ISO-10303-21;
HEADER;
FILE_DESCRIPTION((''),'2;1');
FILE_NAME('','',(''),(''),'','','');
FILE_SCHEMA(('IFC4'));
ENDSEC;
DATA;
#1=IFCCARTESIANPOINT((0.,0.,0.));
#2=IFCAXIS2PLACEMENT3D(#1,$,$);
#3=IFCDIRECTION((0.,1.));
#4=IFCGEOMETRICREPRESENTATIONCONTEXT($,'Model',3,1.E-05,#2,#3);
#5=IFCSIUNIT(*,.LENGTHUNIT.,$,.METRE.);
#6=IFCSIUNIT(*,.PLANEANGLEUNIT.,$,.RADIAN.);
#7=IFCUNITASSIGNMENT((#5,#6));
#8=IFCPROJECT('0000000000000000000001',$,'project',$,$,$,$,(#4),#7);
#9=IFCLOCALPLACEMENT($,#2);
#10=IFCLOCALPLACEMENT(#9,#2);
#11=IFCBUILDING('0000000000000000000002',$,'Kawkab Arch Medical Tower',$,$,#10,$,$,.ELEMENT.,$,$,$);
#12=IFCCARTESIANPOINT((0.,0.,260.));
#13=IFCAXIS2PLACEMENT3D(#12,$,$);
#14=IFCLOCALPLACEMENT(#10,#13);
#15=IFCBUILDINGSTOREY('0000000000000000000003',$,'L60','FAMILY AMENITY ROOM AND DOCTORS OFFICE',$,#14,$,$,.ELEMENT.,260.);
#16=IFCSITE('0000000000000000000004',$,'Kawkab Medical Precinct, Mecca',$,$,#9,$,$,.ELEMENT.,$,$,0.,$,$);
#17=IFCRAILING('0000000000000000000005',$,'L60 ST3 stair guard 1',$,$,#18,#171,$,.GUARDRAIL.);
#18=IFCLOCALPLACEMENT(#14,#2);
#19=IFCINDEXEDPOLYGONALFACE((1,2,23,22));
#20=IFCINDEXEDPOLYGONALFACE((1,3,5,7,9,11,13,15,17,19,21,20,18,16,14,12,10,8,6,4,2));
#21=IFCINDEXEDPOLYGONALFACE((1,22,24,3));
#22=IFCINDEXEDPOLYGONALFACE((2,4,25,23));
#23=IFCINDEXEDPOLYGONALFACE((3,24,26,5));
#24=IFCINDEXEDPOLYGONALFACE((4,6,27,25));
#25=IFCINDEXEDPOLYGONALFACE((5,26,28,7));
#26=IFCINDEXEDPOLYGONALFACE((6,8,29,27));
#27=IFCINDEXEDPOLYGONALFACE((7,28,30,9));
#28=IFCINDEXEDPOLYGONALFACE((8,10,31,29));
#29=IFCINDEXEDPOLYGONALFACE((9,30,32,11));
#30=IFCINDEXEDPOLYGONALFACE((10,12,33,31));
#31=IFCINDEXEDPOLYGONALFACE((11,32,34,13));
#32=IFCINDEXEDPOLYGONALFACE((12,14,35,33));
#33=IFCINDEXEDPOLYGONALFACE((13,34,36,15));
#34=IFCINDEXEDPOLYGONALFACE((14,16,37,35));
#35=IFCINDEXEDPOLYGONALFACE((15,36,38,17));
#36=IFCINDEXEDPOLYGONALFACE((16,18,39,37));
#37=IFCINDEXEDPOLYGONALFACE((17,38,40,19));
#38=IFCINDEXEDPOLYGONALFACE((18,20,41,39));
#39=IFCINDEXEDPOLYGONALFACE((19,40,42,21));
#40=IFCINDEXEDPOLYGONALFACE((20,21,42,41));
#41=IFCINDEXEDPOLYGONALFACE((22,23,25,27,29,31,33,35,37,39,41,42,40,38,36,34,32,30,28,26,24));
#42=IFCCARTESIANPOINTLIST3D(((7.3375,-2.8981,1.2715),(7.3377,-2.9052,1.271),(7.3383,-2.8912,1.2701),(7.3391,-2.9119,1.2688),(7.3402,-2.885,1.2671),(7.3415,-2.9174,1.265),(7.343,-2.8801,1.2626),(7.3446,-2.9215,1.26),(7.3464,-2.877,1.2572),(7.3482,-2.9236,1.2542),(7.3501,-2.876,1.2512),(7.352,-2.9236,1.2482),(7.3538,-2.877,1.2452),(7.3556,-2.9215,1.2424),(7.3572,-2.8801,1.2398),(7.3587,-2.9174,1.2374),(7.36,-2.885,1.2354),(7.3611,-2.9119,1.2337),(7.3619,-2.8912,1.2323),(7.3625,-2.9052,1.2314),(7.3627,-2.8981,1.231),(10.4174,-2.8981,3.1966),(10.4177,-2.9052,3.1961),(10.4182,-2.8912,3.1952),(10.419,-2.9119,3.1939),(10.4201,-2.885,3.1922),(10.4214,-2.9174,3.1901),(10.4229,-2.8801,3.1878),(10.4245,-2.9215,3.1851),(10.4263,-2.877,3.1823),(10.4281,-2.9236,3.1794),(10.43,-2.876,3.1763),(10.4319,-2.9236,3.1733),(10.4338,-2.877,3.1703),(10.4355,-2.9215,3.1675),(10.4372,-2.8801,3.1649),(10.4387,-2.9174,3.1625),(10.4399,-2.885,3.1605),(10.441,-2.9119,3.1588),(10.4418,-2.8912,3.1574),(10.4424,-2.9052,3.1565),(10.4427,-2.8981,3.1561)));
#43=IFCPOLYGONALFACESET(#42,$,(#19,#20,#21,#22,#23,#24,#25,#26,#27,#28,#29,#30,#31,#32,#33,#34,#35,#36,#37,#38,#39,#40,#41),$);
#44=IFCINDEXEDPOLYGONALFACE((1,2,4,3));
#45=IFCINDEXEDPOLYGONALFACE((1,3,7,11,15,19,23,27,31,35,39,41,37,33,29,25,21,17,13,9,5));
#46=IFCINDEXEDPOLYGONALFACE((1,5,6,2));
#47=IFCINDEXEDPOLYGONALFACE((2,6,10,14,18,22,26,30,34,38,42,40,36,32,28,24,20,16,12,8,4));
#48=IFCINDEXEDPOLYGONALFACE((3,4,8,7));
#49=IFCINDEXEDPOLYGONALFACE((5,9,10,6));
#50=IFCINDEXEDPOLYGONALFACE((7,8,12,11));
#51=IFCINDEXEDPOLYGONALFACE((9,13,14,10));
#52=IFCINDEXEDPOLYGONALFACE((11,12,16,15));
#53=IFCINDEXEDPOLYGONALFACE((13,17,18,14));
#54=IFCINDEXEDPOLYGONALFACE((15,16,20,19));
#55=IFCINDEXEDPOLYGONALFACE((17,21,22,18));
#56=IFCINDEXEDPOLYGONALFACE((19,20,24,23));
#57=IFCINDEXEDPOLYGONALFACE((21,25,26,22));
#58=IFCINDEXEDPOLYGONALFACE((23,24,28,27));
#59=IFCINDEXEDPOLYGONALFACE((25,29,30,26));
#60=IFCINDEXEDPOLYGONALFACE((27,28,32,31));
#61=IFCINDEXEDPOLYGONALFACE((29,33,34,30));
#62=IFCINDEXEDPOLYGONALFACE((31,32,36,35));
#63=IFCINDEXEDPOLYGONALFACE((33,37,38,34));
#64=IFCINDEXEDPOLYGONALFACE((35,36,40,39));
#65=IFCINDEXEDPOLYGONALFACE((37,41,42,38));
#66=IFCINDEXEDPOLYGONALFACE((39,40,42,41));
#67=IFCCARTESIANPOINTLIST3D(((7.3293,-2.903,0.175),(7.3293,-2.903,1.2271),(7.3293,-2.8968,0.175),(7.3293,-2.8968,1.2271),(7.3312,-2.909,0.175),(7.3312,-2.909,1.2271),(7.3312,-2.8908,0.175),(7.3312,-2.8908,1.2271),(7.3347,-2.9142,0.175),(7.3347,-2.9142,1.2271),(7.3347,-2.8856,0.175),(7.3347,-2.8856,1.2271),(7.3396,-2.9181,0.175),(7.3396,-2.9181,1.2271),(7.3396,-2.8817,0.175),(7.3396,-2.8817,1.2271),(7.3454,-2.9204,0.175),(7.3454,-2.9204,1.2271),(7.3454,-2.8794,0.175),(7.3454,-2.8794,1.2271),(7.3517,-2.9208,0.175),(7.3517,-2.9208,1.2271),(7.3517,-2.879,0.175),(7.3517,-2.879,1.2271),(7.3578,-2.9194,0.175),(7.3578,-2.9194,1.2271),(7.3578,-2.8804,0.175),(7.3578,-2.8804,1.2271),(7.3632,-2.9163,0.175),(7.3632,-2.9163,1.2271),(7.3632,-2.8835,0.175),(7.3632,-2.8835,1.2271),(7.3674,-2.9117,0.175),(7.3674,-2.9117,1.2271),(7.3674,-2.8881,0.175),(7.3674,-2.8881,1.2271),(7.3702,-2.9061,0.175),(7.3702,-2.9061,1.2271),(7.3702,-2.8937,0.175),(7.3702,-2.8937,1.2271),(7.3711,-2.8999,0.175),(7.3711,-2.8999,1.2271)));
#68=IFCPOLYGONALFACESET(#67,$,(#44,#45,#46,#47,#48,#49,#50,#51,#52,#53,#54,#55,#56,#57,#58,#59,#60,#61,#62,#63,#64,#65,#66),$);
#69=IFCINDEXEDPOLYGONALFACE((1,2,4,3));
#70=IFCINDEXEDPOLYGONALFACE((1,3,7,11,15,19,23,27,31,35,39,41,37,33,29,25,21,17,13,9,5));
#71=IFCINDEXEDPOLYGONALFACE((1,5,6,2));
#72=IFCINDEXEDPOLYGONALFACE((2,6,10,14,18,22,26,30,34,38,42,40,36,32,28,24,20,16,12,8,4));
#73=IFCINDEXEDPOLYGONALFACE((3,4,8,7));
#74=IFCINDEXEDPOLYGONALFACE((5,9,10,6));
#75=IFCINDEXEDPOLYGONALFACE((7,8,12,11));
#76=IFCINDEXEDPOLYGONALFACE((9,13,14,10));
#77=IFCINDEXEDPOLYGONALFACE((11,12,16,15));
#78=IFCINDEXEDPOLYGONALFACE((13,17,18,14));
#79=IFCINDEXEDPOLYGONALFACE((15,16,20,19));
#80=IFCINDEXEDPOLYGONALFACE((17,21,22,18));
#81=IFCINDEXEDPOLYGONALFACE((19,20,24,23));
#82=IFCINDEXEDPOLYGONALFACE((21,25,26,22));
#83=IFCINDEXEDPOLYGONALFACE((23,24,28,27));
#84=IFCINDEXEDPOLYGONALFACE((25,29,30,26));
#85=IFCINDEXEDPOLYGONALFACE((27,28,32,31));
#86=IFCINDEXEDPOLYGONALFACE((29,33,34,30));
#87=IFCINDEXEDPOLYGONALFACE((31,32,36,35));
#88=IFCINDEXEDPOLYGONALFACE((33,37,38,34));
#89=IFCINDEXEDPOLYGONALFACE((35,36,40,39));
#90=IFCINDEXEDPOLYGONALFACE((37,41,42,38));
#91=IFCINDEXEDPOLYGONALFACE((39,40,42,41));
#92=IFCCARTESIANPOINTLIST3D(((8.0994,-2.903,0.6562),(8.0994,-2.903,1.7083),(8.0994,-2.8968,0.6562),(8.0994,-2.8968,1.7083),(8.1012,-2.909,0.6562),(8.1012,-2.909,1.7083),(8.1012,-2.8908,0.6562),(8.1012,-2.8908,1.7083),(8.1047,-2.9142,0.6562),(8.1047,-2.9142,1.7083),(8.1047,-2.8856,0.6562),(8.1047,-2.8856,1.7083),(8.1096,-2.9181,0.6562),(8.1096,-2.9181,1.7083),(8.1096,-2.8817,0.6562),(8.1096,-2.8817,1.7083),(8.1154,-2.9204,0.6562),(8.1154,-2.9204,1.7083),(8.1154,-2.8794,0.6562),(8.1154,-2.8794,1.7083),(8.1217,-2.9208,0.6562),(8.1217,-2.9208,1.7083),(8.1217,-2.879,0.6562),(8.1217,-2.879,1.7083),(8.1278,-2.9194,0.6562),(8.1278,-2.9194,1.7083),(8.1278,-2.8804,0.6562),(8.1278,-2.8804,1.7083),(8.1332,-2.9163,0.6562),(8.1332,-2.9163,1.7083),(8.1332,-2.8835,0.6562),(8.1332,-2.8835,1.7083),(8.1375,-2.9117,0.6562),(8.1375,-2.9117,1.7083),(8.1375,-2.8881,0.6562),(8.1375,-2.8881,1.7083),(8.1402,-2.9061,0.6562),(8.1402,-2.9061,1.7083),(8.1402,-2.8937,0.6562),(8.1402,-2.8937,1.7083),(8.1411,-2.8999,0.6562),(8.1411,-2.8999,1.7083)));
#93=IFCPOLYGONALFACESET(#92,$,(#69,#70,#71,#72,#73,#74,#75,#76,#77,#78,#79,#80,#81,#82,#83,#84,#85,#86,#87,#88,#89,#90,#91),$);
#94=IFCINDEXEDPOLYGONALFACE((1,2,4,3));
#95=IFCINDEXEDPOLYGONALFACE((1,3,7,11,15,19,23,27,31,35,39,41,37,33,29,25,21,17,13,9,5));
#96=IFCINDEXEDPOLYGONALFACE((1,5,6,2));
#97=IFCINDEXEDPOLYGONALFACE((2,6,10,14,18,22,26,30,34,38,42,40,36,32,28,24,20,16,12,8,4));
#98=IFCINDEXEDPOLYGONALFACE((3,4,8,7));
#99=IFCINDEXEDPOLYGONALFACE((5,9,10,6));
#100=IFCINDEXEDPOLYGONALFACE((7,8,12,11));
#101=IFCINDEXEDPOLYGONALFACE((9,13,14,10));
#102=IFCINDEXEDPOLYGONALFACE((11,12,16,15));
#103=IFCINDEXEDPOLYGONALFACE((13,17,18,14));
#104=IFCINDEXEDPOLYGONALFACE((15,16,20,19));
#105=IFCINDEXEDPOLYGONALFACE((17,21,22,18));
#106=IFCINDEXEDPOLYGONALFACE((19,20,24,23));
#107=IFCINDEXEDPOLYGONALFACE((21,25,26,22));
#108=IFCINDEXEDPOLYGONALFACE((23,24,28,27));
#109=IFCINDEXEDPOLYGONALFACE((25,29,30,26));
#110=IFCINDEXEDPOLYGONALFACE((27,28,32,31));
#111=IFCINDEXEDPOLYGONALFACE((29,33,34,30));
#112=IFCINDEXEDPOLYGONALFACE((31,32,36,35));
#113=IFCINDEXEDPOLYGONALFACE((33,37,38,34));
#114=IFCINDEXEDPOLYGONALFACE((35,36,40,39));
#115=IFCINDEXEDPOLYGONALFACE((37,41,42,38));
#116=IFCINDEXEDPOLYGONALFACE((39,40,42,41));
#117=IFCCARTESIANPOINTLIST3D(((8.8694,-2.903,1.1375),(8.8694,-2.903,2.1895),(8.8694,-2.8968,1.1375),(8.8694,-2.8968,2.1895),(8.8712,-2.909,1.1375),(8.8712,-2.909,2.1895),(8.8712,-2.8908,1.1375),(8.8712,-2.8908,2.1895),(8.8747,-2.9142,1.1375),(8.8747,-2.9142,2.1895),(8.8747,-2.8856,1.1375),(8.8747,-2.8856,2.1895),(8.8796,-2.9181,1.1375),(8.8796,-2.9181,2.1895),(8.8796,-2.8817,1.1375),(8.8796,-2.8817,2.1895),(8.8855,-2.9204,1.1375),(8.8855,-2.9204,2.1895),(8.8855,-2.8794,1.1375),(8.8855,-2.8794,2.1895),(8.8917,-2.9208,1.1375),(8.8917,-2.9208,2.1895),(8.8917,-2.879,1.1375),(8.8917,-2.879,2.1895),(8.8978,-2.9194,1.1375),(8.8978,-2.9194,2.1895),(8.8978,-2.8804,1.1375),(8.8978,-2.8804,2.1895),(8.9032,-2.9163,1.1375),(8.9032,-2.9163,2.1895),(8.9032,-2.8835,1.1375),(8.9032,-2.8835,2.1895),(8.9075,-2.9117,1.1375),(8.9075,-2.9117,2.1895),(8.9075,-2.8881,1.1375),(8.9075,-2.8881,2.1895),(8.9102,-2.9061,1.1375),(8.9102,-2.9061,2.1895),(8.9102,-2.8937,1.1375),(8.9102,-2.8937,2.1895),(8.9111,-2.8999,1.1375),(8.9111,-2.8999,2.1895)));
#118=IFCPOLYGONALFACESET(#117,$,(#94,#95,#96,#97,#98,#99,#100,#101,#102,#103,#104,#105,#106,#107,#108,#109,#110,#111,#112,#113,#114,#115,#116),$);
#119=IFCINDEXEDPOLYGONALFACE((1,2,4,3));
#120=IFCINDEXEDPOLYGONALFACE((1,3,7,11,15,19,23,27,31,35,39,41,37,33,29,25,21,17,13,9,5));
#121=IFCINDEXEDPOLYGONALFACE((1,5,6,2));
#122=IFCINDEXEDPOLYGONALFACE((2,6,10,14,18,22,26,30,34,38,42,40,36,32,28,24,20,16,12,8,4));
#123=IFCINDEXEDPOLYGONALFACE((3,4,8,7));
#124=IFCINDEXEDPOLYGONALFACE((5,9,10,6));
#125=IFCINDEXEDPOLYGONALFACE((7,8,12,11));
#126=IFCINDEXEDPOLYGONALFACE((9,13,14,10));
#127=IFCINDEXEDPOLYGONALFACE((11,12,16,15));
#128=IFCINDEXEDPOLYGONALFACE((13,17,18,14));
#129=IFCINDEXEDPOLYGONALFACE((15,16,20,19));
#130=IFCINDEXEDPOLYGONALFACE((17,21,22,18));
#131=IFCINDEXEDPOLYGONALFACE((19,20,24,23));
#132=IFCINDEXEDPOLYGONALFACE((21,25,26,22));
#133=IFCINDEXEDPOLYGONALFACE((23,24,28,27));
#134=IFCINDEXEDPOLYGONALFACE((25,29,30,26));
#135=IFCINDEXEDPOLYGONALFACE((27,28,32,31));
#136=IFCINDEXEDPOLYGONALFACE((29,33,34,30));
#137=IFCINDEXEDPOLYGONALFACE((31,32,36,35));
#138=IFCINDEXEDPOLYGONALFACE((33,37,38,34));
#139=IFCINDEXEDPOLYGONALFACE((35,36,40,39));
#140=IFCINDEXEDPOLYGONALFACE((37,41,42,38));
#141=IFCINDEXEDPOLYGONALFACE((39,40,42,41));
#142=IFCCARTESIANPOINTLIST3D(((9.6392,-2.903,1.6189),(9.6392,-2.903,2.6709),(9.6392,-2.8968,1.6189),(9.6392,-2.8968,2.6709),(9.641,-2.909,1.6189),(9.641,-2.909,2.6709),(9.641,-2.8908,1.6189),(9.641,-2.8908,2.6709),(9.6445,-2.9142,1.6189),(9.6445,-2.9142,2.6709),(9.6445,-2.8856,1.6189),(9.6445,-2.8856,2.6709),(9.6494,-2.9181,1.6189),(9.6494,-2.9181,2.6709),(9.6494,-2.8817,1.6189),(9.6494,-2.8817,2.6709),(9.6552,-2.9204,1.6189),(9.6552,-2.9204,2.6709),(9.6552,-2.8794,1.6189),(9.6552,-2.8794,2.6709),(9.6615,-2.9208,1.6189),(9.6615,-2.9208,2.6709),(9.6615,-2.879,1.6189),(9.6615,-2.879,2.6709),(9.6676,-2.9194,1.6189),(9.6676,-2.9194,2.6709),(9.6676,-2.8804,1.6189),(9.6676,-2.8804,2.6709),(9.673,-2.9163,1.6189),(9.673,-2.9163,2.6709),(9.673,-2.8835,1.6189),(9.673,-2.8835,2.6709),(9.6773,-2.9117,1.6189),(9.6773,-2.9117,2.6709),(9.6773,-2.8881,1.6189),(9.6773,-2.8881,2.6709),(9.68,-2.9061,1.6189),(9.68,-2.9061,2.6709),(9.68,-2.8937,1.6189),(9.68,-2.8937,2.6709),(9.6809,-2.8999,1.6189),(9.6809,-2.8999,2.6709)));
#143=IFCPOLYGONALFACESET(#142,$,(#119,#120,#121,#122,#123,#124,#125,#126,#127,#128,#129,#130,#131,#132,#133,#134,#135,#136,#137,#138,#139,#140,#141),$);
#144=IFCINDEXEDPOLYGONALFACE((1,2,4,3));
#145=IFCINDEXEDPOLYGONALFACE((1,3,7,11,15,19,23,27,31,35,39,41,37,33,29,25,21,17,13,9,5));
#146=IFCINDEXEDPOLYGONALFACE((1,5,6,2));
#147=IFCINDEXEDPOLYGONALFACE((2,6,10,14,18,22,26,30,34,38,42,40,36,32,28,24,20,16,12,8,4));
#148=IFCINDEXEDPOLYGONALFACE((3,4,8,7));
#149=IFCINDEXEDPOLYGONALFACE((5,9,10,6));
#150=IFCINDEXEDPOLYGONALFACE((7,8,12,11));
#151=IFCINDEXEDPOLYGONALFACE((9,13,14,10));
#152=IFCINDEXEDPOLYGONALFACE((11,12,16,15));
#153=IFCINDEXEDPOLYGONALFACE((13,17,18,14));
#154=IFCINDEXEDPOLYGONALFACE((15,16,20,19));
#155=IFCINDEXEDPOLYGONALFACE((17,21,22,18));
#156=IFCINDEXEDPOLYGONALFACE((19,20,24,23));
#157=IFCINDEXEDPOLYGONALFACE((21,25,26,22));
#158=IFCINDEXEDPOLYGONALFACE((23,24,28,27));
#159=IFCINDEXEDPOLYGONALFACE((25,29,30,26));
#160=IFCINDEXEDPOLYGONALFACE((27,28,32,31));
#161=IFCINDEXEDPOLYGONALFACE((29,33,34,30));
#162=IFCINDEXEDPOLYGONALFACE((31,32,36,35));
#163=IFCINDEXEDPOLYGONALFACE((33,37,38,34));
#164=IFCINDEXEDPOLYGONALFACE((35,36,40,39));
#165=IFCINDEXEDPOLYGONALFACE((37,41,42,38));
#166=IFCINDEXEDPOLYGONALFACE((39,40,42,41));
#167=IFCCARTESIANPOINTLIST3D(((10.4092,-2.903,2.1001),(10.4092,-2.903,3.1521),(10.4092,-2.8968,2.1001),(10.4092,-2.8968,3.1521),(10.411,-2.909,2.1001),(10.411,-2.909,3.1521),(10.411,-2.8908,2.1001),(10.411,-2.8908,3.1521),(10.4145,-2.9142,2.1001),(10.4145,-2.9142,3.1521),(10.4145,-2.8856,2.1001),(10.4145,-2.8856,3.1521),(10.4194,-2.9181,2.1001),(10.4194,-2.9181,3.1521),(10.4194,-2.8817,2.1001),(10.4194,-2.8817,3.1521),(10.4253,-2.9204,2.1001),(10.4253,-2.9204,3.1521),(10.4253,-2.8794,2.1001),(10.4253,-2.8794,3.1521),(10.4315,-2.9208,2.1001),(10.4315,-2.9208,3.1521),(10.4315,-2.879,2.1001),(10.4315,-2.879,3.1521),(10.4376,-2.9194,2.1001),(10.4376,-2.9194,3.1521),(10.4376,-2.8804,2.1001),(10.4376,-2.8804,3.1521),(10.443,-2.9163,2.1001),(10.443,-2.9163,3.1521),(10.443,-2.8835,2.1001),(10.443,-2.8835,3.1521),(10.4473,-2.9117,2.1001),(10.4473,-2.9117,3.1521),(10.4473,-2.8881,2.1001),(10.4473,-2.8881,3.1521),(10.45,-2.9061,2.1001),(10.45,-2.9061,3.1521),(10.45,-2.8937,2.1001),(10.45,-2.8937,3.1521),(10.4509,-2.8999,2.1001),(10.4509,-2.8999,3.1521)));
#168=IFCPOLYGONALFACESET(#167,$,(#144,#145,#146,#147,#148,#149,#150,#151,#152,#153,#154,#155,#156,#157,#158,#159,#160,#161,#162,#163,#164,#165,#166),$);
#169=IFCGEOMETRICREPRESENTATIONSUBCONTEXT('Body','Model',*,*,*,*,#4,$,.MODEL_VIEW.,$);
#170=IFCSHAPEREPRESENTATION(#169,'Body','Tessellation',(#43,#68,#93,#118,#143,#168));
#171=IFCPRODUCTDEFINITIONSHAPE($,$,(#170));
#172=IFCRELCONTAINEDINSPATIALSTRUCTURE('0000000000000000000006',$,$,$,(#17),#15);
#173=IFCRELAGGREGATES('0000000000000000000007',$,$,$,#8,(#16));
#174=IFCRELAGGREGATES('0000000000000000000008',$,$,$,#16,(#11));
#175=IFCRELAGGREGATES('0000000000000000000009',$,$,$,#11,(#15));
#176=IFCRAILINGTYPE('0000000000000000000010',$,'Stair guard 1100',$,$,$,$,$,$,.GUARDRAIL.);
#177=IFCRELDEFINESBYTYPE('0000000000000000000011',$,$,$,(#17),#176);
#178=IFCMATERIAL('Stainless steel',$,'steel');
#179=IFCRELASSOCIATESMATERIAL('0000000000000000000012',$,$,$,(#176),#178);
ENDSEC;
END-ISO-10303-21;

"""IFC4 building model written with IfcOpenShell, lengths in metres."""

from ifc_helpers import new_model, si_unit, direction, frame, origin, origin_2d, place, context, subcontext, project, spatial, circle, extrude, material, type_object, element, save


model = new_model("IFC4")

# Units and contexts
model_context = context("Model", 3, precision=1e-05, world=origin(), true_north=direction((0.0, 1.0)))
body_context = subcontext(model_context, "Body", "Model", "MODEL_VIEW")
ifc_project = project(units=[si_unit("LENGTHUNIT", "METRE"), si_unit("PLANEANGLEUNIT", "RADIAN")], contexts=[model_context])

# Site, building, storey
site_placement = place(None, origin())
site = spatial("IfcSite", under=ifc_project, at=site_placement, Name="Kawkab Medical Precinct, Mecca", CompositionType="ELEMENT", RefElevation=0.0)
building_placement = place(site_placement, origin())
building = spatial("IfcBuilding", under=site, at=building_placement, Name="Kawkab Arch Medical Tower", CompositionType="ELEMENT")
storey_placement = place(building_placement, frame((0.0, 0.0, 260.0)))
storey = spatial("IfcBuildingStorey", under=building, at=storey_placement, Name="L60", Description="FAMILY AMENITY ROOM AND DOCTORS OFFICE", CompositionType="ELEMENT", Elevation=260.0)

# Railing
ifc_material_1 = material(Name="Stainless steel", Category="steel")
railing_type_1 = type_object("IfcRailingType", Name="Stair guard 1100", PredefinedType="GUARDRAIL", material=ifc_material_1)
railing_1_placement = place(storey_placement, frame((7.3501, -2.8999, 0.175)))
element("IfcRailing", 1, at=railing_1_placement, inside=storey, type_object=railing_type_1, Name="L60 ST3 stair guard 1", PredefinedType="GUARDRAIL", context=body_context, shape_type="SweptSolid", body=[
    extrude(circle(Radius=0.0239, at=origin_2d()), frame((0.0, 0.0, 1.0762), z_axis=(0.847979, 0.0, 0.530029), x_axis=(0.0, 1.0, 0.0)), (0.0, 0.0, 1.0), 3.6321),
    extrude(circle(Radius=0.021, at=origin_2d()), origin(), (0.0, 0.0, 1.0), 1.052),
    extrude(circle(Radius=0.021, at=origin_2d()), frame((0.77, 0.0, 0.4812)), (0.0, 0.0, 1.0), 1.052),
    extrude(circle(Radius=0.021, at=origin_2d()), frame((1.54, 0.0, 0.9624)), (0.0, 0.0, 1.0), 1.052),
    extrude(circle(Radius=0.021, at=origin_2d()), frame((2.3098, 0.0, 1.4438)), (0.0, 0.0, 1.0), 1.052),
    extrude(circle(Radius=0.021, at=origin_2d()), frame((3.0798, 0.0, 1.925)), (0.0, 0.0, 1.0), 1.052),
])

save(model, "model.ifc")
